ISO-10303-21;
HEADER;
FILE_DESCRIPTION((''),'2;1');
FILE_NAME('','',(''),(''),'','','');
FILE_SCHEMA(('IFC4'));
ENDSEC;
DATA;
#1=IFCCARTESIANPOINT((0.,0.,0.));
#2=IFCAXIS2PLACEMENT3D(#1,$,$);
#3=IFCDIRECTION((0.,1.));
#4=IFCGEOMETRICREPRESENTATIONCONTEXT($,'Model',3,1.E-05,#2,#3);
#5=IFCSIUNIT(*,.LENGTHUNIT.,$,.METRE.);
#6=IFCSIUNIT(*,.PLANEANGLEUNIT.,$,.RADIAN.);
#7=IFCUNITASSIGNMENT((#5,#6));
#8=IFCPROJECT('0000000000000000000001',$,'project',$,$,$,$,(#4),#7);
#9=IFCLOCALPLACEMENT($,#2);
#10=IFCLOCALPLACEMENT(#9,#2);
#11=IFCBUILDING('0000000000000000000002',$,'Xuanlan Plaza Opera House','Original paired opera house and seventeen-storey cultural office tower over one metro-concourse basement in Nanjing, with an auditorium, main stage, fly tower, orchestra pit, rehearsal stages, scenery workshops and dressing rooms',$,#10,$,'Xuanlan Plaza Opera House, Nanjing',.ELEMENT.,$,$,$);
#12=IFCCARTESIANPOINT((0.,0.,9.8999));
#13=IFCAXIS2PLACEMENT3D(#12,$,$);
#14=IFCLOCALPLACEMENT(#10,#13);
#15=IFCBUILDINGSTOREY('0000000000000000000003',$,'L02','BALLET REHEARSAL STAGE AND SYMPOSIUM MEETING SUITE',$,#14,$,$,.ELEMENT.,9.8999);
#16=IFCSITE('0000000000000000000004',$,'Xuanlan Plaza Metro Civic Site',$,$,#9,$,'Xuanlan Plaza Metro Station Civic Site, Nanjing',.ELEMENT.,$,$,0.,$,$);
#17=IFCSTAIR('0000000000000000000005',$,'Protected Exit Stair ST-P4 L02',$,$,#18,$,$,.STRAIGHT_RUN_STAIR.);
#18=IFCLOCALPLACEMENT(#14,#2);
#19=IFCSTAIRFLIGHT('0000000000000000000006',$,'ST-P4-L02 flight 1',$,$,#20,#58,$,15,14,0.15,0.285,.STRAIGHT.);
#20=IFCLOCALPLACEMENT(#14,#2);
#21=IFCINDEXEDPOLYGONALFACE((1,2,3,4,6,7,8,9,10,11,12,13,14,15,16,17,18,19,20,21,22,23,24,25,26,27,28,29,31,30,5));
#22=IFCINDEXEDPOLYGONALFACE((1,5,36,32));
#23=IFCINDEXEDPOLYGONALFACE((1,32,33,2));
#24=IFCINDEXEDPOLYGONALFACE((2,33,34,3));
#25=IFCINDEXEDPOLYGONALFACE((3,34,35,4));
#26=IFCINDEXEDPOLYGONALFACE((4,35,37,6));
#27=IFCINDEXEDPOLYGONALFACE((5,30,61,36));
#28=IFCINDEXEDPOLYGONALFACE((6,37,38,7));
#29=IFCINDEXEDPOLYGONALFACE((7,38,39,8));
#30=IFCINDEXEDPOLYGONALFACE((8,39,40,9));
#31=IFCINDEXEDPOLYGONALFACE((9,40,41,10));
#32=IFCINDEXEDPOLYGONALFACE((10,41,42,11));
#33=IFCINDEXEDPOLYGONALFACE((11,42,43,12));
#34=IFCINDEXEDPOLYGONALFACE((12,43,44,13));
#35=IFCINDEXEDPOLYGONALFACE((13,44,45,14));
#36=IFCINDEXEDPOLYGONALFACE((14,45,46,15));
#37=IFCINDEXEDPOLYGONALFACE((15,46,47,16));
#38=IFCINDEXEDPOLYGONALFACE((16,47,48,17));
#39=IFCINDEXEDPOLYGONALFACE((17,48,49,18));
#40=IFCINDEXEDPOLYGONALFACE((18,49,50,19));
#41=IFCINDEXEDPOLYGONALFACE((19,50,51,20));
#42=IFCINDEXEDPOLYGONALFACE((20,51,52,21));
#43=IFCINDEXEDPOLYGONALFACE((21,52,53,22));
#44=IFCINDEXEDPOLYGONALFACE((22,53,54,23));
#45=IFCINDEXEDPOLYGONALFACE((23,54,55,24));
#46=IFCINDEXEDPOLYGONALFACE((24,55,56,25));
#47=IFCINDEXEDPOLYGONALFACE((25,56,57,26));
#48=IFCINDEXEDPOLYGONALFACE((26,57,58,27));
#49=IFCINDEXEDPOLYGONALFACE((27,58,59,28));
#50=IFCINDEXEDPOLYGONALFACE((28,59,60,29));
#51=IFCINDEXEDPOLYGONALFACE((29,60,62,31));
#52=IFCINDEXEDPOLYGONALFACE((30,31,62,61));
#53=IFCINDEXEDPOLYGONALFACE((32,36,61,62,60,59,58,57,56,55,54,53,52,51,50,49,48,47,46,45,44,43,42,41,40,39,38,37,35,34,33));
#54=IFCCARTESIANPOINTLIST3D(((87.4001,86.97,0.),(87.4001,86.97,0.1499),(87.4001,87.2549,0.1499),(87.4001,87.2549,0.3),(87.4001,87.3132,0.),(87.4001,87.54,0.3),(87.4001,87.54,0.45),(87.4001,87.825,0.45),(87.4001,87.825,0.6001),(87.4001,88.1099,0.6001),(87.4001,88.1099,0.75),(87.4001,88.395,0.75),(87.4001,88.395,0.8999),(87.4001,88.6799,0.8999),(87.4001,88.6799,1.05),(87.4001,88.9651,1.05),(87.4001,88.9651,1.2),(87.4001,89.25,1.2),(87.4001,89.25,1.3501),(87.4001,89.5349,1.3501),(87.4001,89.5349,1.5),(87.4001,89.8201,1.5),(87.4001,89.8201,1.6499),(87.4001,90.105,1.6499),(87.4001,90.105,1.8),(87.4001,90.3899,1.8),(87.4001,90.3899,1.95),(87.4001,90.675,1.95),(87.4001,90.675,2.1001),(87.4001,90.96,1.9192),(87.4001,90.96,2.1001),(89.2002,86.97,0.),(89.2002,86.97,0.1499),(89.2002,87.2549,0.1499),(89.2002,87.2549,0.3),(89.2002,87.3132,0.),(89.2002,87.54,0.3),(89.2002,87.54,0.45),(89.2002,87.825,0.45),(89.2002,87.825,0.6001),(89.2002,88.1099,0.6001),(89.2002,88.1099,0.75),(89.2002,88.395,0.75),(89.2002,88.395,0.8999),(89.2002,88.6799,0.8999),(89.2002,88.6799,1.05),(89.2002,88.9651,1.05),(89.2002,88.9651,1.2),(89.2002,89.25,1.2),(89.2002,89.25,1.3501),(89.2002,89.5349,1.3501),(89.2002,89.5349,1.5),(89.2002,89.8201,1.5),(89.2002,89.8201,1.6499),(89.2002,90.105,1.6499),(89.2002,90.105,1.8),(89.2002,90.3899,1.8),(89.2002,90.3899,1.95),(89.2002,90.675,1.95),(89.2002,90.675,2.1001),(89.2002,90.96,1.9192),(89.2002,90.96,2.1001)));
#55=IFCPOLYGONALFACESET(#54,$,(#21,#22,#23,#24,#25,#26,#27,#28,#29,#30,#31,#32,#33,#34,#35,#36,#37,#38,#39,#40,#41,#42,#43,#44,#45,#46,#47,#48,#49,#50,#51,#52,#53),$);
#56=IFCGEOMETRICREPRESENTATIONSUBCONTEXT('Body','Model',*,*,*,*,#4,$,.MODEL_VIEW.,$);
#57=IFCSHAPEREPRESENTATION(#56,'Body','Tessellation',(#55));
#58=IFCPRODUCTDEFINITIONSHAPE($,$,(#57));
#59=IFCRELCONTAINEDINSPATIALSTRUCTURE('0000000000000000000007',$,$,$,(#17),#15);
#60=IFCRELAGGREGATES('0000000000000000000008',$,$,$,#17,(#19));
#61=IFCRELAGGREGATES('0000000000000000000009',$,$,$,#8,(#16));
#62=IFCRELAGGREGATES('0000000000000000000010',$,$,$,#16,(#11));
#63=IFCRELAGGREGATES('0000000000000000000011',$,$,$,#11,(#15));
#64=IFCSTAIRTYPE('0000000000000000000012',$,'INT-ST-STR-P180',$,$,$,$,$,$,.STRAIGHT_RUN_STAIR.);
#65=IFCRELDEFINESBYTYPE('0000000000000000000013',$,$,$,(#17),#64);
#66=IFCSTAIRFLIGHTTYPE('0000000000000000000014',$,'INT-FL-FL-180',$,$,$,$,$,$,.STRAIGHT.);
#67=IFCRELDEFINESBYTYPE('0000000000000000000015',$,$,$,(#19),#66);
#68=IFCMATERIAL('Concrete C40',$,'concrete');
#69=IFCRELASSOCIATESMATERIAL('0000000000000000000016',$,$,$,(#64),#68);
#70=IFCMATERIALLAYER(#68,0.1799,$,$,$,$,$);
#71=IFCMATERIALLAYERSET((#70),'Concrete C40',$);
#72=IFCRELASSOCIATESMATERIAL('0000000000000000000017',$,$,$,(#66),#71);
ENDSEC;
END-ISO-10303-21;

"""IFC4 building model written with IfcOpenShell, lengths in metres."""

from ifc_helpers import new_model, si_unit, direction, frame, origin, place, context, subcontext, project, spatial, polyline, outline, extrude, material, layer, layer_set, type_object, element, aggregate, save


model = new_model("IFC4")

# Units and contexts
model_context = context("Model", 3, precision=1e-05, world=origin(), true_north=direction((0.0, 1.0)))
body_context = subcontext(model_context, "Body", "Model", "MODEL_VIEW")
ifc_project = project(units=[si_unit("LENGTHUNIT", "METRE"), si_unit("PLANEANGLEUNIT", "RADIAN")], contexts=[model_context])

# Site, building, storey
site_placement = place(None, origin())
site = spatial("IfcSite", under=ifc_project, at=site_placement, Name="Xuanlan Plaza Metro Civic Site", LongName="Xuanlan Plaza Metro Station Civic Site, Nanjing", CompositionType="ELEMENT", RefElevation=0.0)
building_placement = place(site_placement, origin())
building = spatial("IfcBuilding", under=site, at=building_placement, Name="Xuanlan Plaza Opera House", Description="Original paired opera house and seventeen-storey cultural office tower over one metro-concourse basement in Nanjing, with an auditorium, main stage, fly tower, orchestra pit, rehearsal stages, scenery workshops and dressing rooms", LongName="Xuanlan Plaza Opera House, Nanjing", CompositionType="ELEMENT")
storey_placement = place(building_placement, frame((0.0, 0.0, 9.8999)))
storey = spatial("IfcBuildingStorey", under=building, at=storey_placement, Name="L02", Description="BALLET REHEARSAL STAGE AND SYMPOSIUM MEETING SUITE", CompositionType="ELEMENT", Elevation=9.8999)

# Shared definitions
ifc_material_1 = material(Name="Concrete C40", Category="concrete")

# Stair, stair flight
stair_type = type_object("IfcStairType", Name="INT-ST-STR-P180", PredefinedType="STRAIGHT_RUN_STAIR", material=ifc_material_1)
stair_placement = place(storey_placement, origin())
stair = element("IfcStair", 1, at=stair_placement, inside=storey, type_object=stair_type, Name="Protected Exit Stair ST-P4 L02", PredefinedType="STRAIGHT_RUN_STAIR")
ifc_layer_1 = layer(ifc_material_1, 0.1799)
ifc_layer_set_1 = layer_set([ifc_layer_1], Name="Concrete C40")
stair_flight_type = type_object("IfcStairFlightType", Name="INT-FL-FL-180", PredefinedType="STRAIGHT", material=ifc_layer_set_1)
stair_flight_placement = place(storey_placement, frame((88.3, 86.97, 0.0), z_axis=(0.0, 0.0, 1.0), x_axis=(0.0, 1.0, 0.0)))
stair_flight = element("IfcStairFlight", 2, at=stair_flight_placement, type_object=stair_flight_type, Name="ST-P4-L02 flight 1", NumberOfRisers=15, NumberOfTreads=14, PredefinedType="STRAIGHT", RiserHeight=0.15, TreadLength=0.285, context=body_context, shape_type="SweptSolid", body=[
    extrude(outline(polyline([(0.0, 0.0), (0.0, 0.1499), (0.2849, 0.1499), (0.2849, 0.3), (0.5701, 0.3), (0.5701, 0.45), (0.855, 0.45), (0.855, 0.6001), (1.1399, 0.6001), (1.1399, 0.75), (1.425, 0.75), (1.425, 0.8999), (1.71, 0.8999), (1.71, 1.05), (1.9951, 1.05), (1.9951, 1.2), (2.28, 1.2), (2.28, 1.3501), (2.5649, 1.3501), (2.5649, 1.5), (2.8501, 1.5), (2.8501, 1.6499), (3.135, 1.6499), (3.135, 1.8), (3.4199, 1.8), (3.4199, 1.95), (3.7051, 1.95), (3.7051, 2.1001), (3.99, 2.1001), (3.99, 2.25), (3.99, 1.9192), (0.3433, 0.0), (0.0, 0.0)])), frame((0.0, 0.8999, 0.0), z_axis=(0.0, -1.0, 0.0), x_axis=(1.0, 0.0, 0.0)), (0.0, 0.0, 1.0), 1.8),
])
aggregate(stair, [stair_flight])

save(model, "model.ifc")
